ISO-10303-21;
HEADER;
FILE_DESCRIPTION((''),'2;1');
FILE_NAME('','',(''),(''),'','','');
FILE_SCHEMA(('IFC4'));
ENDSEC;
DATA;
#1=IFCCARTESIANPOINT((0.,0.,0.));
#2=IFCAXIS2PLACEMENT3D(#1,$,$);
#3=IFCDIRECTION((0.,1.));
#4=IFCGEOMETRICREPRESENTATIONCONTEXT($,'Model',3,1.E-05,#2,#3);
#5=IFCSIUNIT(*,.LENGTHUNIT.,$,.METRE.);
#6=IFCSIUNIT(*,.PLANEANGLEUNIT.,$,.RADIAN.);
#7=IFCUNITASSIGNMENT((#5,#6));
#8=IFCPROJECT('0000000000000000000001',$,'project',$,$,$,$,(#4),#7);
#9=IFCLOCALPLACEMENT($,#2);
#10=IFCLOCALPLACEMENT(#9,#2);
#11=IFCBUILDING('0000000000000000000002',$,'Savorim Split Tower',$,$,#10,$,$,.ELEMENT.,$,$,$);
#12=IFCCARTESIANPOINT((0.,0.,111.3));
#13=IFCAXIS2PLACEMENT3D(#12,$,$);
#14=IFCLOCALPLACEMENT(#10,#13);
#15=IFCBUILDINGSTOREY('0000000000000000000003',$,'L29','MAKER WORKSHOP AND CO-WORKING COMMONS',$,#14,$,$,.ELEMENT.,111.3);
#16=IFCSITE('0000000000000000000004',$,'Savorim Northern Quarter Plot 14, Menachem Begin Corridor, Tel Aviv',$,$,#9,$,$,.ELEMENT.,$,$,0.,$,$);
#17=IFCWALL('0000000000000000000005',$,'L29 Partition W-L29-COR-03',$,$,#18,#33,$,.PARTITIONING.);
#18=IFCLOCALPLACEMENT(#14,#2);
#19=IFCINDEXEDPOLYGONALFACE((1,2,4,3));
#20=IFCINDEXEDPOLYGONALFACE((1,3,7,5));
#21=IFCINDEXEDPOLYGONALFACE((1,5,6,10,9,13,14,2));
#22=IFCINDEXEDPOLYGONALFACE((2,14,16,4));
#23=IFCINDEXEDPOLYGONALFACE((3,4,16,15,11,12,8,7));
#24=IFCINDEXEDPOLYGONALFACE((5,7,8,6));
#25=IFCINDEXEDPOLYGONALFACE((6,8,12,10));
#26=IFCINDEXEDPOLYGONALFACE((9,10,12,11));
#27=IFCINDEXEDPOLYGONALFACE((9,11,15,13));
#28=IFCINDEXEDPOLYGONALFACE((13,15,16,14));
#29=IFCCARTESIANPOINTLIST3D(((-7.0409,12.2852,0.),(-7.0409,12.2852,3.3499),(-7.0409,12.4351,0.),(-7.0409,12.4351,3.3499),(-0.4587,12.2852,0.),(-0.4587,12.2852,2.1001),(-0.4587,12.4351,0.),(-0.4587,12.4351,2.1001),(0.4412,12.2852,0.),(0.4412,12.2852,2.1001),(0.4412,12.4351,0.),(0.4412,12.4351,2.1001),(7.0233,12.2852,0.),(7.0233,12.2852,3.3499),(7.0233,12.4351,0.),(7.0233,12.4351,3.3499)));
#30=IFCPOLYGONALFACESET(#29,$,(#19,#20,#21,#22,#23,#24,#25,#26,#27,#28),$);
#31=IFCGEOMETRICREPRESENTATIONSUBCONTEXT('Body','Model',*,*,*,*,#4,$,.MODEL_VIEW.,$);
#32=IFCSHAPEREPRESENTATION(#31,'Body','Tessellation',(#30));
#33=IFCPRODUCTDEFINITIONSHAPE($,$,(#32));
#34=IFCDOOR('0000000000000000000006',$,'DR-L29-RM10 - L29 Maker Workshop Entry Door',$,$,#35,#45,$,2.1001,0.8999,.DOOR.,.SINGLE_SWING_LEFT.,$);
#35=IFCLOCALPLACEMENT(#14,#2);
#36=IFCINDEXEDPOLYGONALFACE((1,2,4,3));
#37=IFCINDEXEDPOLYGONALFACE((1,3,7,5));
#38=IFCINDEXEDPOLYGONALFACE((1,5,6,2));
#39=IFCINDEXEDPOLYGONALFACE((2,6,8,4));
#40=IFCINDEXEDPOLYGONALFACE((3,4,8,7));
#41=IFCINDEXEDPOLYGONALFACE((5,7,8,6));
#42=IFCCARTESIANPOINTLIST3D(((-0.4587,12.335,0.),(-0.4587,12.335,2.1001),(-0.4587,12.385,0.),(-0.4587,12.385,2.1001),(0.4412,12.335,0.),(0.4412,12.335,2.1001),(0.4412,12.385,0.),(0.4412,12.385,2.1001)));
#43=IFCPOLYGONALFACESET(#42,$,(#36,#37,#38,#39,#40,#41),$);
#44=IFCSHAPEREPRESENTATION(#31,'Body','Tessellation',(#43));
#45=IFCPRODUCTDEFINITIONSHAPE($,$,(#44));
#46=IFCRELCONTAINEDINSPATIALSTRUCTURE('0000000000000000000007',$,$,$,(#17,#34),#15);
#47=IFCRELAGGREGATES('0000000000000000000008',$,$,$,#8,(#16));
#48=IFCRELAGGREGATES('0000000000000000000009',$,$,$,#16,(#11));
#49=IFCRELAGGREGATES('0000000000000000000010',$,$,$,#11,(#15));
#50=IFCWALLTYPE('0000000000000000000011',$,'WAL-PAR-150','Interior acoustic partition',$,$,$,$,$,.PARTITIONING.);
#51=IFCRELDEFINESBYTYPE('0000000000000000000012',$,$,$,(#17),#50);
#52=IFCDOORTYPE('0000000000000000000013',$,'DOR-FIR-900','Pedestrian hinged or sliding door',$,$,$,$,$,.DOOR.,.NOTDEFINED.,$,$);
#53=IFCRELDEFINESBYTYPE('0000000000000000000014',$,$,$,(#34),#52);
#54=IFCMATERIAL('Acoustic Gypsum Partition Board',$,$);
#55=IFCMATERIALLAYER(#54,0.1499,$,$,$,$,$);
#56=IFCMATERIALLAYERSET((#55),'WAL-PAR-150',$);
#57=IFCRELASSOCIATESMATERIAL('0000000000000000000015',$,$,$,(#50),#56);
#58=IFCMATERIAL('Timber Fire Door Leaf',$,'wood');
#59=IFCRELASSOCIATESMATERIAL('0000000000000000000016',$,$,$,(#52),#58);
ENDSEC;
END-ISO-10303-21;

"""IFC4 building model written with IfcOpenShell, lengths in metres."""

from ifc_helpers import new_model, si_unit, direction, frame, frame_2d, origin, place, context, subcontext, project, spatial, rectangle, extrude, material, layer, layer_set, type_object, element, fill, save


model = new_model("IFC4")

# Units and contexts
model_context = context("Model", 3, precision=1e-05, world=origin(), true_north=direction((0.0, 1.0)))
body_context = subcontext(model_context, "Body", "Model", "MODEL_VIEW")
ifc_project = project(units=[si_unit("LENGTHUNIT", "METRE"), si_unit("PLANEANGLEUNIT", "RADIAN")], contexts=[model_context])

# Site, building, storey
site_placement = place(None, origin())
site = spatial("IfcSite", under=ifc_project, at=site_placement, Name="Savorim Northern Quarter Plot 14, Menachem Begin Corridor, Tel Aviv", CompositionType="ELEMENT", RefElevation=0.0)
building_placement = place(site_placement, origin())
building = spatial("IfcBuilding", under=site, at=building_placement, Name="Savorim Split Tower", CompositionType="ELEMENT")
storey_placement = place(building_placement, frame((0.0, 0.0, 111.3)))
storey = spatial("IfcBuildingStorey", under=building, at=storey_placement, Name="L29", Description="MAKER WORKSHOP AND CO-WORKING COMMONS", CompositionType="ELEMENT", Elevation=111.3)

# Shared definitions
ifc_material_1 = material(Name="Acoustic Gypsum Partition Board")
ifc_layer_1 = layer(ifc_material_1, 0.1499)
ifc_layer_set_1 = layer_set([ifc_layer_1], Name="WAL-PAR-150")
wall_type_1 = type_object("IfcWallType", Name="WAL-PAR-150", Description="Interior acoustic partition", PredefinedType="PARTITIONING", material=ifc_layer_set_1)

# Wall, opening, door
wall_1_placement = place(storey_placement, frame((-7.041, 12.3601, 0.0), z_axis=(0.0, 0.0, 1.0), x_axis=(1.0, 0.0, 0.0)))
wall_1 = element("IfcWall", 1, at=wall_1_placement, inside=storey, type_object=wall_type_1, Name="L29 Partition W-L29-COR-03", PredefinedType="PARTITIONING", context=body_context, shape_type="SweptSolid", body=[
    extrude(rectangle(XDim=14.0642, YDim=0.1499, at=frame_2d((7.0322, 0.0))), origin(), (0.0, 0.0, 1.0), 3.3499),
])
opening_1_placement = place(wall_1_placement, frame((6.5823, 0.0, 0.0)))
opening_1 = element("IfcOpeningElement", 2, at=opening_1_placement, cuts=wall_1, PredefinedType="OPENING", context=body_context, shape_type="SweptSolid", body=[
    extrude(rectangle(XDim=0.8999, YDim=2.1001, at=frame_2d((0.45, 1.05))), frame((0.0, 0.085, 0.0), z_axis=(0.0, -1.0, 0.0), x_axis=(1.0, 0.0, 0.0)), (0.0, 0.0, 1.0), 0.1699),
])
ifc_material_2 = material(Name="Timber Fire Door Leaf", Category="wood")
door_type_1 = type_object("IfcDoorType", Name="DOR-FIR-900", Description="Pedestrian hinged or sliding door", OperationType="NOTDEFINED", PredefinedType="DOOR", material=ifc_material_2)
door_1_placement = place(opening_1_placement, origin())
door_1 = element("IfcDoor", 3, at=door_1_placement, inside=storey, type_object=door_type_1, Name="DR-L29-RM10 - L29 Maker Workshop Entry Door", OperationType="SINGLE_SWING_LEFT", OverallHeight=2.1001, OverallWidth=0.8999, PredefinedType="DOOR", context=body_context, shape_type="SweptSolid", body=[
    extrude(rectangle(XDim=0.8999, YDim=2.1001, at=frame_2d((0.45, 1.05))), frame((0.0, 0.0249, 0.0), z_axis=(0.0, -1.0, 0.0), x_axis=(1.0, 0.0, 0.0)), (0.0, 0.0, 1.0), 0.05),
])
fill(opening_1, door_1)

save(model, "model.ifc")
